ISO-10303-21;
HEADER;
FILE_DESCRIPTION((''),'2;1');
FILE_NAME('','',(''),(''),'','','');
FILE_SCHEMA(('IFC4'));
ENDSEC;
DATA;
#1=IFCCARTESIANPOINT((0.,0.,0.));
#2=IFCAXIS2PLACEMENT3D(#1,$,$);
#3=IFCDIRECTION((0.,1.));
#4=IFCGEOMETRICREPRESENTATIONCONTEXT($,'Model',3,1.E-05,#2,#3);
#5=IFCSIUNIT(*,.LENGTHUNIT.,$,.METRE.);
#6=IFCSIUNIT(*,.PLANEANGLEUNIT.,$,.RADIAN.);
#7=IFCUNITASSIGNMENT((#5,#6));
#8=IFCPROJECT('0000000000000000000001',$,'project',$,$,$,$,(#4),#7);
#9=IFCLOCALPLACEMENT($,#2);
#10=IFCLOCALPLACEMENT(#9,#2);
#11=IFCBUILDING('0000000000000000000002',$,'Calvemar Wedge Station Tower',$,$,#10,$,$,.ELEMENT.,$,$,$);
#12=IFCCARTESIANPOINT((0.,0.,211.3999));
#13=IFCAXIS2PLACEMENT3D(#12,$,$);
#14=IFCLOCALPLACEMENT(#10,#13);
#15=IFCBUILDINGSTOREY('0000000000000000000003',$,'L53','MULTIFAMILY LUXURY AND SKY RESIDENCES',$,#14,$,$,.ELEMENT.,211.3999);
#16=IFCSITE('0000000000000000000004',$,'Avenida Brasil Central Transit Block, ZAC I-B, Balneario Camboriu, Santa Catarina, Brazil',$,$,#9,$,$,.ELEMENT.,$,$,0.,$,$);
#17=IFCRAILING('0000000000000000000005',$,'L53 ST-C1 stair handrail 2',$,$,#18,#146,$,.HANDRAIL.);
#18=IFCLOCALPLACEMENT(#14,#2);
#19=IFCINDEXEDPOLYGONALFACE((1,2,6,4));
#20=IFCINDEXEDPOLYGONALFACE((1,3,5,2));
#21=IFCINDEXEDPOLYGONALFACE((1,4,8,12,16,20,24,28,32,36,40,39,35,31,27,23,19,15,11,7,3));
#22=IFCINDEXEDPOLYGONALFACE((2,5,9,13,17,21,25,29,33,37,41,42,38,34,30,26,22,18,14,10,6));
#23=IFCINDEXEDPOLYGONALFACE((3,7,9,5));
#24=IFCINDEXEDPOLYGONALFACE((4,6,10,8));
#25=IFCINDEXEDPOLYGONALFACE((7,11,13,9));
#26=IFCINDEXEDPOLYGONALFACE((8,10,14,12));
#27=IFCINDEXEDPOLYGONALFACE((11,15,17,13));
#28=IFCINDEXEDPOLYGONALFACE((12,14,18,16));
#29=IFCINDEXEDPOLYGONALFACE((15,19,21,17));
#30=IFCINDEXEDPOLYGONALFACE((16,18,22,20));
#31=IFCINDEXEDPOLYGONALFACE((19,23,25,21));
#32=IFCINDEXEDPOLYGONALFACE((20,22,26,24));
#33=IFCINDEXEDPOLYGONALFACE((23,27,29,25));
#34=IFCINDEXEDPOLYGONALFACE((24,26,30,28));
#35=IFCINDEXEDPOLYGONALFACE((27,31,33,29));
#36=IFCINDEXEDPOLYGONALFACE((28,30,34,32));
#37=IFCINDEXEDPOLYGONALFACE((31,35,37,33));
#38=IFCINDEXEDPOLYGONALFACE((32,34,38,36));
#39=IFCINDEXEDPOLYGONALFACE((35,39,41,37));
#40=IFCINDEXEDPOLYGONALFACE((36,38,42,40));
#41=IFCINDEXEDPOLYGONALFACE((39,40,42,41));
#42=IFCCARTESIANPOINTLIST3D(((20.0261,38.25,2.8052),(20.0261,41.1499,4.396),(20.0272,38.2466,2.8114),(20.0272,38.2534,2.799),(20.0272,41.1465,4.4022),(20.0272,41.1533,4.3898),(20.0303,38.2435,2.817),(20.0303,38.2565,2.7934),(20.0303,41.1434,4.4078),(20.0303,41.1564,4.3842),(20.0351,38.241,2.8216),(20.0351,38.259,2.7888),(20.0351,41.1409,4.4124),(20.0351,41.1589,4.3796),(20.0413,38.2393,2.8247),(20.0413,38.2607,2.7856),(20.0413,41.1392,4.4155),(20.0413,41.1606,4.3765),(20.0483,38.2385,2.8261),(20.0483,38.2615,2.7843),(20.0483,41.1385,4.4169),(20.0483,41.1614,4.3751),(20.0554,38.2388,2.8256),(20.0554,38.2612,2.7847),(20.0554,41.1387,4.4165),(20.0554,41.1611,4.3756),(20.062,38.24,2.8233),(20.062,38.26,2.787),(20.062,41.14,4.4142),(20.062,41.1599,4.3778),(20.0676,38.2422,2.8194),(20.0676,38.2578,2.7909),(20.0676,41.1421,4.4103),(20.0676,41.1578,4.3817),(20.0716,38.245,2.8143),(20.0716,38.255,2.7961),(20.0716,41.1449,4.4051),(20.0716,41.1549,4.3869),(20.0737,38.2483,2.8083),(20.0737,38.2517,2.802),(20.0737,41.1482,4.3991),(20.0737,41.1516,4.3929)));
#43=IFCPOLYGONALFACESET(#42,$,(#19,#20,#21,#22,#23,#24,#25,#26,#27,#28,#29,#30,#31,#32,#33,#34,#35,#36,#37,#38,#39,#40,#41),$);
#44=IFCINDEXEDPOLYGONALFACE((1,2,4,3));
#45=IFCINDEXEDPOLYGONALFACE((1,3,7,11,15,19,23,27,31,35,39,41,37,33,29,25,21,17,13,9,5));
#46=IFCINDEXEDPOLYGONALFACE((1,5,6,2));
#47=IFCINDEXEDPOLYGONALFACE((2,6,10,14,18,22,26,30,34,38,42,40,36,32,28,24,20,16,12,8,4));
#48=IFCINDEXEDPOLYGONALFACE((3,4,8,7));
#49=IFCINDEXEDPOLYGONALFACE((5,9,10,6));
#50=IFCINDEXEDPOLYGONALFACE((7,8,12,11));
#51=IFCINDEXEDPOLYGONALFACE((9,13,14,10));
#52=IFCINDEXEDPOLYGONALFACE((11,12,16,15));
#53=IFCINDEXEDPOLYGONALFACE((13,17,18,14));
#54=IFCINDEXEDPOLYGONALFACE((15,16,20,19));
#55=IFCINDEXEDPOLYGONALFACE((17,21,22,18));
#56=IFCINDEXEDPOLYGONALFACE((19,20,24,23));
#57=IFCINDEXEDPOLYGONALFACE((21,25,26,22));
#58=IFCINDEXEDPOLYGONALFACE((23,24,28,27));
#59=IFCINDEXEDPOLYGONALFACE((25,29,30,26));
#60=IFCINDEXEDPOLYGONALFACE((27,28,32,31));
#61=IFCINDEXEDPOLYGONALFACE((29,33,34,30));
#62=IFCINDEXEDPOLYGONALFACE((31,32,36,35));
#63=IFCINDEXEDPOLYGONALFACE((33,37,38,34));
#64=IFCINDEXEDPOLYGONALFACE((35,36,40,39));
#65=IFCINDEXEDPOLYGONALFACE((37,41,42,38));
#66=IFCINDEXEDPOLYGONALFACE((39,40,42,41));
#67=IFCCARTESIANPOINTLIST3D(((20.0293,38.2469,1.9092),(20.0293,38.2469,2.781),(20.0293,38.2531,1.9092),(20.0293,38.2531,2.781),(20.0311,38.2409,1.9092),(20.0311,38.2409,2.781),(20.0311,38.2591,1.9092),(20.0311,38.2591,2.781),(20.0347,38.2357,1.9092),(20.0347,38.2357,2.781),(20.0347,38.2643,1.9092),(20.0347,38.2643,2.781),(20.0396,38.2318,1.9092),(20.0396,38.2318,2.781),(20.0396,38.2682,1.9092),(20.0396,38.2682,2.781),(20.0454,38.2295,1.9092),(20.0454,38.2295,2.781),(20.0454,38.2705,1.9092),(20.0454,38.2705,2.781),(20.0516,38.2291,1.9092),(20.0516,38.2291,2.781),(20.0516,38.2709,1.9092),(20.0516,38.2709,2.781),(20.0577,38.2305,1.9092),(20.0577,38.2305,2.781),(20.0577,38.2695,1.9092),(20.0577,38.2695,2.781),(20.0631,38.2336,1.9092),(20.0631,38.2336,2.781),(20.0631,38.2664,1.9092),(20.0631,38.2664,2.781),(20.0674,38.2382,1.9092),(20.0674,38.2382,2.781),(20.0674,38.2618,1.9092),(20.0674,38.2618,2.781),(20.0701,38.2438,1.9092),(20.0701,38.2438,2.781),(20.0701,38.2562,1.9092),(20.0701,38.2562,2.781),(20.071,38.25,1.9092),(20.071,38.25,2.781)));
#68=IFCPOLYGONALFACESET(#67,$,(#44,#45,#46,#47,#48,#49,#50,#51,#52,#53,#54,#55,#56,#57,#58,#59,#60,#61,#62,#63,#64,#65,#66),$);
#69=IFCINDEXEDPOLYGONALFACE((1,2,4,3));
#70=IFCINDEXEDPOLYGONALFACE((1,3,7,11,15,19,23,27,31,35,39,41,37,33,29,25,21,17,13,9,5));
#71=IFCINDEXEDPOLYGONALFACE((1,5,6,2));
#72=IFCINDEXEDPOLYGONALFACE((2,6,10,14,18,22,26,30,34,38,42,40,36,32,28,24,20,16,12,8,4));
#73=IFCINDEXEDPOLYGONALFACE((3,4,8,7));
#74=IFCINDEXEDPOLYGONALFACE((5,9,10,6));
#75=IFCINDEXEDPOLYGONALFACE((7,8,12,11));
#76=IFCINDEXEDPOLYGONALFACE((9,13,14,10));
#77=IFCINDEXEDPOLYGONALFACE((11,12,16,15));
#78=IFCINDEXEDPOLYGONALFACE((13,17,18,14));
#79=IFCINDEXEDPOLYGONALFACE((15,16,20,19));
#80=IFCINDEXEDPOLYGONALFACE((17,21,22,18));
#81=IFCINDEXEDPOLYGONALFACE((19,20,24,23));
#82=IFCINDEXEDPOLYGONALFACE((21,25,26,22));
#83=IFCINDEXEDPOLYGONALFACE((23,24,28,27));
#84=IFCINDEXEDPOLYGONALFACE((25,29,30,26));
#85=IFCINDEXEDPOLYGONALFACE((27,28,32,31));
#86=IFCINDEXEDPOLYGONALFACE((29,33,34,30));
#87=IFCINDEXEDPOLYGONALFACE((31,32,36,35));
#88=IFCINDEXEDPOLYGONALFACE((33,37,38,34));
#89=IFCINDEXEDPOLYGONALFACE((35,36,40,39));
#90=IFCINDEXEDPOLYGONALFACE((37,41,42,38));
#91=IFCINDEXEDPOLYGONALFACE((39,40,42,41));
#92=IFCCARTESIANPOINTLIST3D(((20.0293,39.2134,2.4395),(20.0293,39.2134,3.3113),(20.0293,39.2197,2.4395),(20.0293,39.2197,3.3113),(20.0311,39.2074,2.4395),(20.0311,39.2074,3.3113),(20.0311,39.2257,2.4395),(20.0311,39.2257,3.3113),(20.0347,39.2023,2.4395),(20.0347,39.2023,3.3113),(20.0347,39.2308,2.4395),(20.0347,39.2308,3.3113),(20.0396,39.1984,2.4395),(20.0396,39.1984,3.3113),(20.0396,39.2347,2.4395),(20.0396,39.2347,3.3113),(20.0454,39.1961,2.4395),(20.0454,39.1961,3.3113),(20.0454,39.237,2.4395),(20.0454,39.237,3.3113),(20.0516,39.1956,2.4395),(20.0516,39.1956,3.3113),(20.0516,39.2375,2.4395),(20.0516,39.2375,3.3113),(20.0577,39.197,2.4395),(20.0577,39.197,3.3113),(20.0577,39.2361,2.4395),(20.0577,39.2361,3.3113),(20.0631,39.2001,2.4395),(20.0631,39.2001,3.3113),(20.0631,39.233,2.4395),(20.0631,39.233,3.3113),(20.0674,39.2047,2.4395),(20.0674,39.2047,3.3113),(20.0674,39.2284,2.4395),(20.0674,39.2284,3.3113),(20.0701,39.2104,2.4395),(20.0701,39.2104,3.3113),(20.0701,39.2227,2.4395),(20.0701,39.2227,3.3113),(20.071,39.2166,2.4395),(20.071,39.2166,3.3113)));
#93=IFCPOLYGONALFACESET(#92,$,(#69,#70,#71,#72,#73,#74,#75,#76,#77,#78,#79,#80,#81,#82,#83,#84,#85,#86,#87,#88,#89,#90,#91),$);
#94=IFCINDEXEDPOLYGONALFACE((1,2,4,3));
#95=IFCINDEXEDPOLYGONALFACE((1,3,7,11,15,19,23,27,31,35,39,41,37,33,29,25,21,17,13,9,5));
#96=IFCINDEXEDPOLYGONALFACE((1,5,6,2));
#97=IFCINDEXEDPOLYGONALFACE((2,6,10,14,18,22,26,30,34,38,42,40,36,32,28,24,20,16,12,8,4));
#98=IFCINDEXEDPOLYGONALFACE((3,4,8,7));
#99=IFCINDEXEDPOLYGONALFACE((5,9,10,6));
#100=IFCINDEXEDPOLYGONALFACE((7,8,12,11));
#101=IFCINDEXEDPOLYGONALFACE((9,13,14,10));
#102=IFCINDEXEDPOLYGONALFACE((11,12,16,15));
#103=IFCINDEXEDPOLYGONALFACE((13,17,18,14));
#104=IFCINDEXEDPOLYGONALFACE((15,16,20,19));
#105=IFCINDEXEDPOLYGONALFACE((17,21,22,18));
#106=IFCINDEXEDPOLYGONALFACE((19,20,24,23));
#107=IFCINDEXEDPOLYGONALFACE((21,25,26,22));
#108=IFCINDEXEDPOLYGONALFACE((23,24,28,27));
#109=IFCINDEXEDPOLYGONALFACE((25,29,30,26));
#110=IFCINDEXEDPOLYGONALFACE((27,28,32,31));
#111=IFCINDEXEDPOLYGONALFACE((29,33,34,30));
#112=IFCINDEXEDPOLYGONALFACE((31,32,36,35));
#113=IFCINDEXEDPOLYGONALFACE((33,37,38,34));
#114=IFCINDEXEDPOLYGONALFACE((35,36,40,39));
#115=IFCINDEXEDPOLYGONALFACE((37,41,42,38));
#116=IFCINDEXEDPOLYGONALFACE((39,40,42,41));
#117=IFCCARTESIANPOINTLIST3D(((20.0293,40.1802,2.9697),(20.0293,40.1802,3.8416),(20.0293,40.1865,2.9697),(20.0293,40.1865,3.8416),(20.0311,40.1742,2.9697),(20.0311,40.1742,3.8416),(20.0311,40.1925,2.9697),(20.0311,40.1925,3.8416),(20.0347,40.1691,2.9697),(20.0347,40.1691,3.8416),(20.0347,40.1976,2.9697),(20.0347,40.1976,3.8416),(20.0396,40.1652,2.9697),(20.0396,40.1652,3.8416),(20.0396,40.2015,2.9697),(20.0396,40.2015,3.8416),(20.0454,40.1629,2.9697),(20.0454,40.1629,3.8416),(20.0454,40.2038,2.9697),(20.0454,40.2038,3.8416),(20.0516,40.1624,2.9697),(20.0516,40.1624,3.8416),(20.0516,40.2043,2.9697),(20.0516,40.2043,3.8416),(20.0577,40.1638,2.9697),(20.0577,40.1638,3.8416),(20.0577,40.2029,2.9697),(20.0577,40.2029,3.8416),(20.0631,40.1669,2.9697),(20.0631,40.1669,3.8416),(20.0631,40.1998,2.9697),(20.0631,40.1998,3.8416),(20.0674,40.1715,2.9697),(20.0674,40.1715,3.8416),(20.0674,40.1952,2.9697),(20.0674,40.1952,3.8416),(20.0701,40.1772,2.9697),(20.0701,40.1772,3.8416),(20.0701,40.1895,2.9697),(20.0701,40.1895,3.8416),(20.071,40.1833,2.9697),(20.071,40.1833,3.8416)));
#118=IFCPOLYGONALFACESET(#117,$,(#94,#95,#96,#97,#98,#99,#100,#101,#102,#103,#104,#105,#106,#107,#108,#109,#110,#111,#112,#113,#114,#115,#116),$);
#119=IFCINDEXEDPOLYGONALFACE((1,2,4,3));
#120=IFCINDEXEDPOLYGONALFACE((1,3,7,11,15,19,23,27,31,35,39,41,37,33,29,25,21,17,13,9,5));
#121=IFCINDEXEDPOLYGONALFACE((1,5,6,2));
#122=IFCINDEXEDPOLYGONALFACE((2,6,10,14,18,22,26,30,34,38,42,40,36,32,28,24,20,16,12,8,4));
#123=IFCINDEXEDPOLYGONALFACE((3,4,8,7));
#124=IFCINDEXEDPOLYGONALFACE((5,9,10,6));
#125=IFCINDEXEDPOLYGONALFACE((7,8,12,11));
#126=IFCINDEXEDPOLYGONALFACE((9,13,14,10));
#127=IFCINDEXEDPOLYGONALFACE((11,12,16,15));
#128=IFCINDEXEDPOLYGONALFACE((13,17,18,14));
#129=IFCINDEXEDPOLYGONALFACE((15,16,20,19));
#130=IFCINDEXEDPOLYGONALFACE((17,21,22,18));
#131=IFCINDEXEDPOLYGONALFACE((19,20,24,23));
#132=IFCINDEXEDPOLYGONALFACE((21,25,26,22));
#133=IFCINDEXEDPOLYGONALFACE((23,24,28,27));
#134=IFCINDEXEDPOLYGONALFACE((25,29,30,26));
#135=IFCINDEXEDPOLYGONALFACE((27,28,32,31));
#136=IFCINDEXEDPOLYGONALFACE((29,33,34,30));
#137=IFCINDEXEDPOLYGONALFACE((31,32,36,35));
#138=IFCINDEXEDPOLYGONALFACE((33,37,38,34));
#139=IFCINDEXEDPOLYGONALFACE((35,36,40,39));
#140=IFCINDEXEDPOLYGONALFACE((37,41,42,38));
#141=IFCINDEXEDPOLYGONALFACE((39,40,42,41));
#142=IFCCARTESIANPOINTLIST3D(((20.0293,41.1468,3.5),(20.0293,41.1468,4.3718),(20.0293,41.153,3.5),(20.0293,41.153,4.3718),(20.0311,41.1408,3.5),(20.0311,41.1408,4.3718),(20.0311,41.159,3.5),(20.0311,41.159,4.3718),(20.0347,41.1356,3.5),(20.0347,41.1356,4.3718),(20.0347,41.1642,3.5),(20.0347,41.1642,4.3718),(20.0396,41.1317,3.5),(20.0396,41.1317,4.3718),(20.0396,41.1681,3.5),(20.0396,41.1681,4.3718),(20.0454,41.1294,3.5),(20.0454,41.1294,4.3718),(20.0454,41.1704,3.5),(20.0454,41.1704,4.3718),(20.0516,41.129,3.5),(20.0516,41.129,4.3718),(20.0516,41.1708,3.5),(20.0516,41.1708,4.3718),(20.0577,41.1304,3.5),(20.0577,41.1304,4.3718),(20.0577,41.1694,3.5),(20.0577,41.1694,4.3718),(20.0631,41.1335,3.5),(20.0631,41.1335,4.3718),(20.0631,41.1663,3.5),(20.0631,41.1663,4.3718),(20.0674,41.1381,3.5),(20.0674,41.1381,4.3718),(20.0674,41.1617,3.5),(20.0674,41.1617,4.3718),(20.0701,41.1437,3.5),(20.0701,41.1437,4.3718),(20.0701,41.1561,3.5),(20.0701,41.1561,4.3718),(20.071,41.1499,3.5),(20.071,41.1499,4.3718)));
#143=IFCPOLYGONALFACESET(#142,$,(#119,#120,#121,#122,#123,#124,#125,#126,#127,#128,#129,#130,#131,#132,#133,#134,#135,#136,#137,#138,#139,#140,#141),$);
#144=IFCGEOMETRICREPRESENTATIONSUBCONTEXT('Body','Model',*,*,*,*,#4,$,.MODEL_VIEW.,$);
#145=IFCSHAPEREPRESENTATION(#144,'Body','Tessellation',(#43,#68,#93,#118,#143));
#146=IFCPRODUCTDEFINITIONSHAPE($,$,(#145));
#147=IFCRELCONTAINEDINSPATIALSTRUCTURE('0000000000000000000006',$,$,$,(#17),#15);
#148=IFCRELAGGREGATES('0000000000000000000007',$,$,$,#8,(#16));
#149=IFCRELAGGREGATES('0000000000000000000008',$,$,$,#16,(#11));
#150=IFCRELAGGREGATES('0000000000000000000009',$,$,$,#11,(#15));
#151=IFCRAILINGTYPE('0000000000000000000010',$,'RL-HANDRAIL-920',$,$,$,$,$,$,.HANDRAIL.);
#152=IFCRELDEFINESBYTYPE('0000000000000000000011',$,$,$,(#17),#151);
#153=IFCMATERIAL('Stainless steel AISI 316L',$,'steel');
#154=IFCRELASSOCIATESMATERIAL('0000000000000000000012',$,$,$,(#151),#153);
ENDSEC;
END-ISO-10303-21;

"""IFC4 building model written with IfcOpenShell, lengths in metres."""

from ifc_helpers import new_model, si_unit, direction, frame, origin, origin_2d, place, context, subcontext, project, spatial, circle, extrude, material, type_object, element, save


model = new_model("IFC4")

# Units and contexts
model_context = context("Model", 3, precision=1e-05, world=origin(), true_north=direction((0.0, 1.0)))
body_context = subcontext(model_context, "Body", "Model", "MODEL_VIEW")
ifc_project = project(units=[si_unit("LENGTHUNIT", "METRE"), si_unit("PLANEANGLEUNIT", "RADIAN")], contexts=[model_context])

# Site, building, storey
site_placement = place(None, origin())
site = spatial("IfcSite", under=ifc_project, at=site_placement, Name="Avenida Brasil Central Transit Block, ZAC I-B, Balneario Camboriu, Santa Catarina, Brazil", CompositionType="ELEMENT", RefElevation=0.0)
building_placement = place(site_placement, origin())
building = spatial("IfcBuilding", under=site, at=building_placement, Name="Calvemar Wedge Station Tower", CompositionType="ELEMENT")
storey_placement = place(building_placement, frame((0.0, 0.0, 211.3999)))
storey = spatial("IfcBuildingStorey", under=building, at=storey_placement, Name="L53", Description="MULTIFAMILY LUXURY AND SKY RESIDENCES", CompositionType="ELEMENT", Elevation=211.3999)

# Railing
ifc_material_1 = material(Name="Stainless steel AISI 316L", Category="steel")
railing_type_1 = type_object("IfcRailingType", Name="RL-HANDRAIL-920", PredefinedType="HANDRAIL", material=ifc_material_1)
railing_1_placement = place(storey_placement, frame((20.05, 38.25, 1.9092)))
element("IfcRailing", 1, at=railing_1_placement, inside=storey, type_object=railing_type_1, Name="L53 ST-C1 stair handrail 2", PredefinedType="HANDRAIL", context=body_context, shape_type="SweptSolid", body=[
    extrude(circle(Radius=0.0239, at=origin_2d()), frame((0.0, 0.0, 0.896), z_axis=(0.0, 0.876742, 0.480961), x_axis=(-1.0, 0.0, 0.0)), (0.0, 0.0, 1.0), 3.3076),
    extrude(circle(Radius=0.021, at=origin_2d()), origin(), (0.0, 0.0, 1.0), 0.8718),
    extrude(circle(Radius=0.021, at=origin_2d()), frame((0.0, 0.9666, 0.5303)), (0.0, 0.0, 1.0), 0.8718),
    extrude(circle(Radius=0.021, at=origin_2d()), frame((0.0, 1.9333, 1.0605)), (0.0, 0.0, 1.0), 0.8718),
    extrude(circle(Radius=0.021, at=origin_2d()), frame((0.0, 2.8999, 1.5908)), (0.0, 0.0, 1.0), 0.8718),
])

save(model, "model.ifc")
